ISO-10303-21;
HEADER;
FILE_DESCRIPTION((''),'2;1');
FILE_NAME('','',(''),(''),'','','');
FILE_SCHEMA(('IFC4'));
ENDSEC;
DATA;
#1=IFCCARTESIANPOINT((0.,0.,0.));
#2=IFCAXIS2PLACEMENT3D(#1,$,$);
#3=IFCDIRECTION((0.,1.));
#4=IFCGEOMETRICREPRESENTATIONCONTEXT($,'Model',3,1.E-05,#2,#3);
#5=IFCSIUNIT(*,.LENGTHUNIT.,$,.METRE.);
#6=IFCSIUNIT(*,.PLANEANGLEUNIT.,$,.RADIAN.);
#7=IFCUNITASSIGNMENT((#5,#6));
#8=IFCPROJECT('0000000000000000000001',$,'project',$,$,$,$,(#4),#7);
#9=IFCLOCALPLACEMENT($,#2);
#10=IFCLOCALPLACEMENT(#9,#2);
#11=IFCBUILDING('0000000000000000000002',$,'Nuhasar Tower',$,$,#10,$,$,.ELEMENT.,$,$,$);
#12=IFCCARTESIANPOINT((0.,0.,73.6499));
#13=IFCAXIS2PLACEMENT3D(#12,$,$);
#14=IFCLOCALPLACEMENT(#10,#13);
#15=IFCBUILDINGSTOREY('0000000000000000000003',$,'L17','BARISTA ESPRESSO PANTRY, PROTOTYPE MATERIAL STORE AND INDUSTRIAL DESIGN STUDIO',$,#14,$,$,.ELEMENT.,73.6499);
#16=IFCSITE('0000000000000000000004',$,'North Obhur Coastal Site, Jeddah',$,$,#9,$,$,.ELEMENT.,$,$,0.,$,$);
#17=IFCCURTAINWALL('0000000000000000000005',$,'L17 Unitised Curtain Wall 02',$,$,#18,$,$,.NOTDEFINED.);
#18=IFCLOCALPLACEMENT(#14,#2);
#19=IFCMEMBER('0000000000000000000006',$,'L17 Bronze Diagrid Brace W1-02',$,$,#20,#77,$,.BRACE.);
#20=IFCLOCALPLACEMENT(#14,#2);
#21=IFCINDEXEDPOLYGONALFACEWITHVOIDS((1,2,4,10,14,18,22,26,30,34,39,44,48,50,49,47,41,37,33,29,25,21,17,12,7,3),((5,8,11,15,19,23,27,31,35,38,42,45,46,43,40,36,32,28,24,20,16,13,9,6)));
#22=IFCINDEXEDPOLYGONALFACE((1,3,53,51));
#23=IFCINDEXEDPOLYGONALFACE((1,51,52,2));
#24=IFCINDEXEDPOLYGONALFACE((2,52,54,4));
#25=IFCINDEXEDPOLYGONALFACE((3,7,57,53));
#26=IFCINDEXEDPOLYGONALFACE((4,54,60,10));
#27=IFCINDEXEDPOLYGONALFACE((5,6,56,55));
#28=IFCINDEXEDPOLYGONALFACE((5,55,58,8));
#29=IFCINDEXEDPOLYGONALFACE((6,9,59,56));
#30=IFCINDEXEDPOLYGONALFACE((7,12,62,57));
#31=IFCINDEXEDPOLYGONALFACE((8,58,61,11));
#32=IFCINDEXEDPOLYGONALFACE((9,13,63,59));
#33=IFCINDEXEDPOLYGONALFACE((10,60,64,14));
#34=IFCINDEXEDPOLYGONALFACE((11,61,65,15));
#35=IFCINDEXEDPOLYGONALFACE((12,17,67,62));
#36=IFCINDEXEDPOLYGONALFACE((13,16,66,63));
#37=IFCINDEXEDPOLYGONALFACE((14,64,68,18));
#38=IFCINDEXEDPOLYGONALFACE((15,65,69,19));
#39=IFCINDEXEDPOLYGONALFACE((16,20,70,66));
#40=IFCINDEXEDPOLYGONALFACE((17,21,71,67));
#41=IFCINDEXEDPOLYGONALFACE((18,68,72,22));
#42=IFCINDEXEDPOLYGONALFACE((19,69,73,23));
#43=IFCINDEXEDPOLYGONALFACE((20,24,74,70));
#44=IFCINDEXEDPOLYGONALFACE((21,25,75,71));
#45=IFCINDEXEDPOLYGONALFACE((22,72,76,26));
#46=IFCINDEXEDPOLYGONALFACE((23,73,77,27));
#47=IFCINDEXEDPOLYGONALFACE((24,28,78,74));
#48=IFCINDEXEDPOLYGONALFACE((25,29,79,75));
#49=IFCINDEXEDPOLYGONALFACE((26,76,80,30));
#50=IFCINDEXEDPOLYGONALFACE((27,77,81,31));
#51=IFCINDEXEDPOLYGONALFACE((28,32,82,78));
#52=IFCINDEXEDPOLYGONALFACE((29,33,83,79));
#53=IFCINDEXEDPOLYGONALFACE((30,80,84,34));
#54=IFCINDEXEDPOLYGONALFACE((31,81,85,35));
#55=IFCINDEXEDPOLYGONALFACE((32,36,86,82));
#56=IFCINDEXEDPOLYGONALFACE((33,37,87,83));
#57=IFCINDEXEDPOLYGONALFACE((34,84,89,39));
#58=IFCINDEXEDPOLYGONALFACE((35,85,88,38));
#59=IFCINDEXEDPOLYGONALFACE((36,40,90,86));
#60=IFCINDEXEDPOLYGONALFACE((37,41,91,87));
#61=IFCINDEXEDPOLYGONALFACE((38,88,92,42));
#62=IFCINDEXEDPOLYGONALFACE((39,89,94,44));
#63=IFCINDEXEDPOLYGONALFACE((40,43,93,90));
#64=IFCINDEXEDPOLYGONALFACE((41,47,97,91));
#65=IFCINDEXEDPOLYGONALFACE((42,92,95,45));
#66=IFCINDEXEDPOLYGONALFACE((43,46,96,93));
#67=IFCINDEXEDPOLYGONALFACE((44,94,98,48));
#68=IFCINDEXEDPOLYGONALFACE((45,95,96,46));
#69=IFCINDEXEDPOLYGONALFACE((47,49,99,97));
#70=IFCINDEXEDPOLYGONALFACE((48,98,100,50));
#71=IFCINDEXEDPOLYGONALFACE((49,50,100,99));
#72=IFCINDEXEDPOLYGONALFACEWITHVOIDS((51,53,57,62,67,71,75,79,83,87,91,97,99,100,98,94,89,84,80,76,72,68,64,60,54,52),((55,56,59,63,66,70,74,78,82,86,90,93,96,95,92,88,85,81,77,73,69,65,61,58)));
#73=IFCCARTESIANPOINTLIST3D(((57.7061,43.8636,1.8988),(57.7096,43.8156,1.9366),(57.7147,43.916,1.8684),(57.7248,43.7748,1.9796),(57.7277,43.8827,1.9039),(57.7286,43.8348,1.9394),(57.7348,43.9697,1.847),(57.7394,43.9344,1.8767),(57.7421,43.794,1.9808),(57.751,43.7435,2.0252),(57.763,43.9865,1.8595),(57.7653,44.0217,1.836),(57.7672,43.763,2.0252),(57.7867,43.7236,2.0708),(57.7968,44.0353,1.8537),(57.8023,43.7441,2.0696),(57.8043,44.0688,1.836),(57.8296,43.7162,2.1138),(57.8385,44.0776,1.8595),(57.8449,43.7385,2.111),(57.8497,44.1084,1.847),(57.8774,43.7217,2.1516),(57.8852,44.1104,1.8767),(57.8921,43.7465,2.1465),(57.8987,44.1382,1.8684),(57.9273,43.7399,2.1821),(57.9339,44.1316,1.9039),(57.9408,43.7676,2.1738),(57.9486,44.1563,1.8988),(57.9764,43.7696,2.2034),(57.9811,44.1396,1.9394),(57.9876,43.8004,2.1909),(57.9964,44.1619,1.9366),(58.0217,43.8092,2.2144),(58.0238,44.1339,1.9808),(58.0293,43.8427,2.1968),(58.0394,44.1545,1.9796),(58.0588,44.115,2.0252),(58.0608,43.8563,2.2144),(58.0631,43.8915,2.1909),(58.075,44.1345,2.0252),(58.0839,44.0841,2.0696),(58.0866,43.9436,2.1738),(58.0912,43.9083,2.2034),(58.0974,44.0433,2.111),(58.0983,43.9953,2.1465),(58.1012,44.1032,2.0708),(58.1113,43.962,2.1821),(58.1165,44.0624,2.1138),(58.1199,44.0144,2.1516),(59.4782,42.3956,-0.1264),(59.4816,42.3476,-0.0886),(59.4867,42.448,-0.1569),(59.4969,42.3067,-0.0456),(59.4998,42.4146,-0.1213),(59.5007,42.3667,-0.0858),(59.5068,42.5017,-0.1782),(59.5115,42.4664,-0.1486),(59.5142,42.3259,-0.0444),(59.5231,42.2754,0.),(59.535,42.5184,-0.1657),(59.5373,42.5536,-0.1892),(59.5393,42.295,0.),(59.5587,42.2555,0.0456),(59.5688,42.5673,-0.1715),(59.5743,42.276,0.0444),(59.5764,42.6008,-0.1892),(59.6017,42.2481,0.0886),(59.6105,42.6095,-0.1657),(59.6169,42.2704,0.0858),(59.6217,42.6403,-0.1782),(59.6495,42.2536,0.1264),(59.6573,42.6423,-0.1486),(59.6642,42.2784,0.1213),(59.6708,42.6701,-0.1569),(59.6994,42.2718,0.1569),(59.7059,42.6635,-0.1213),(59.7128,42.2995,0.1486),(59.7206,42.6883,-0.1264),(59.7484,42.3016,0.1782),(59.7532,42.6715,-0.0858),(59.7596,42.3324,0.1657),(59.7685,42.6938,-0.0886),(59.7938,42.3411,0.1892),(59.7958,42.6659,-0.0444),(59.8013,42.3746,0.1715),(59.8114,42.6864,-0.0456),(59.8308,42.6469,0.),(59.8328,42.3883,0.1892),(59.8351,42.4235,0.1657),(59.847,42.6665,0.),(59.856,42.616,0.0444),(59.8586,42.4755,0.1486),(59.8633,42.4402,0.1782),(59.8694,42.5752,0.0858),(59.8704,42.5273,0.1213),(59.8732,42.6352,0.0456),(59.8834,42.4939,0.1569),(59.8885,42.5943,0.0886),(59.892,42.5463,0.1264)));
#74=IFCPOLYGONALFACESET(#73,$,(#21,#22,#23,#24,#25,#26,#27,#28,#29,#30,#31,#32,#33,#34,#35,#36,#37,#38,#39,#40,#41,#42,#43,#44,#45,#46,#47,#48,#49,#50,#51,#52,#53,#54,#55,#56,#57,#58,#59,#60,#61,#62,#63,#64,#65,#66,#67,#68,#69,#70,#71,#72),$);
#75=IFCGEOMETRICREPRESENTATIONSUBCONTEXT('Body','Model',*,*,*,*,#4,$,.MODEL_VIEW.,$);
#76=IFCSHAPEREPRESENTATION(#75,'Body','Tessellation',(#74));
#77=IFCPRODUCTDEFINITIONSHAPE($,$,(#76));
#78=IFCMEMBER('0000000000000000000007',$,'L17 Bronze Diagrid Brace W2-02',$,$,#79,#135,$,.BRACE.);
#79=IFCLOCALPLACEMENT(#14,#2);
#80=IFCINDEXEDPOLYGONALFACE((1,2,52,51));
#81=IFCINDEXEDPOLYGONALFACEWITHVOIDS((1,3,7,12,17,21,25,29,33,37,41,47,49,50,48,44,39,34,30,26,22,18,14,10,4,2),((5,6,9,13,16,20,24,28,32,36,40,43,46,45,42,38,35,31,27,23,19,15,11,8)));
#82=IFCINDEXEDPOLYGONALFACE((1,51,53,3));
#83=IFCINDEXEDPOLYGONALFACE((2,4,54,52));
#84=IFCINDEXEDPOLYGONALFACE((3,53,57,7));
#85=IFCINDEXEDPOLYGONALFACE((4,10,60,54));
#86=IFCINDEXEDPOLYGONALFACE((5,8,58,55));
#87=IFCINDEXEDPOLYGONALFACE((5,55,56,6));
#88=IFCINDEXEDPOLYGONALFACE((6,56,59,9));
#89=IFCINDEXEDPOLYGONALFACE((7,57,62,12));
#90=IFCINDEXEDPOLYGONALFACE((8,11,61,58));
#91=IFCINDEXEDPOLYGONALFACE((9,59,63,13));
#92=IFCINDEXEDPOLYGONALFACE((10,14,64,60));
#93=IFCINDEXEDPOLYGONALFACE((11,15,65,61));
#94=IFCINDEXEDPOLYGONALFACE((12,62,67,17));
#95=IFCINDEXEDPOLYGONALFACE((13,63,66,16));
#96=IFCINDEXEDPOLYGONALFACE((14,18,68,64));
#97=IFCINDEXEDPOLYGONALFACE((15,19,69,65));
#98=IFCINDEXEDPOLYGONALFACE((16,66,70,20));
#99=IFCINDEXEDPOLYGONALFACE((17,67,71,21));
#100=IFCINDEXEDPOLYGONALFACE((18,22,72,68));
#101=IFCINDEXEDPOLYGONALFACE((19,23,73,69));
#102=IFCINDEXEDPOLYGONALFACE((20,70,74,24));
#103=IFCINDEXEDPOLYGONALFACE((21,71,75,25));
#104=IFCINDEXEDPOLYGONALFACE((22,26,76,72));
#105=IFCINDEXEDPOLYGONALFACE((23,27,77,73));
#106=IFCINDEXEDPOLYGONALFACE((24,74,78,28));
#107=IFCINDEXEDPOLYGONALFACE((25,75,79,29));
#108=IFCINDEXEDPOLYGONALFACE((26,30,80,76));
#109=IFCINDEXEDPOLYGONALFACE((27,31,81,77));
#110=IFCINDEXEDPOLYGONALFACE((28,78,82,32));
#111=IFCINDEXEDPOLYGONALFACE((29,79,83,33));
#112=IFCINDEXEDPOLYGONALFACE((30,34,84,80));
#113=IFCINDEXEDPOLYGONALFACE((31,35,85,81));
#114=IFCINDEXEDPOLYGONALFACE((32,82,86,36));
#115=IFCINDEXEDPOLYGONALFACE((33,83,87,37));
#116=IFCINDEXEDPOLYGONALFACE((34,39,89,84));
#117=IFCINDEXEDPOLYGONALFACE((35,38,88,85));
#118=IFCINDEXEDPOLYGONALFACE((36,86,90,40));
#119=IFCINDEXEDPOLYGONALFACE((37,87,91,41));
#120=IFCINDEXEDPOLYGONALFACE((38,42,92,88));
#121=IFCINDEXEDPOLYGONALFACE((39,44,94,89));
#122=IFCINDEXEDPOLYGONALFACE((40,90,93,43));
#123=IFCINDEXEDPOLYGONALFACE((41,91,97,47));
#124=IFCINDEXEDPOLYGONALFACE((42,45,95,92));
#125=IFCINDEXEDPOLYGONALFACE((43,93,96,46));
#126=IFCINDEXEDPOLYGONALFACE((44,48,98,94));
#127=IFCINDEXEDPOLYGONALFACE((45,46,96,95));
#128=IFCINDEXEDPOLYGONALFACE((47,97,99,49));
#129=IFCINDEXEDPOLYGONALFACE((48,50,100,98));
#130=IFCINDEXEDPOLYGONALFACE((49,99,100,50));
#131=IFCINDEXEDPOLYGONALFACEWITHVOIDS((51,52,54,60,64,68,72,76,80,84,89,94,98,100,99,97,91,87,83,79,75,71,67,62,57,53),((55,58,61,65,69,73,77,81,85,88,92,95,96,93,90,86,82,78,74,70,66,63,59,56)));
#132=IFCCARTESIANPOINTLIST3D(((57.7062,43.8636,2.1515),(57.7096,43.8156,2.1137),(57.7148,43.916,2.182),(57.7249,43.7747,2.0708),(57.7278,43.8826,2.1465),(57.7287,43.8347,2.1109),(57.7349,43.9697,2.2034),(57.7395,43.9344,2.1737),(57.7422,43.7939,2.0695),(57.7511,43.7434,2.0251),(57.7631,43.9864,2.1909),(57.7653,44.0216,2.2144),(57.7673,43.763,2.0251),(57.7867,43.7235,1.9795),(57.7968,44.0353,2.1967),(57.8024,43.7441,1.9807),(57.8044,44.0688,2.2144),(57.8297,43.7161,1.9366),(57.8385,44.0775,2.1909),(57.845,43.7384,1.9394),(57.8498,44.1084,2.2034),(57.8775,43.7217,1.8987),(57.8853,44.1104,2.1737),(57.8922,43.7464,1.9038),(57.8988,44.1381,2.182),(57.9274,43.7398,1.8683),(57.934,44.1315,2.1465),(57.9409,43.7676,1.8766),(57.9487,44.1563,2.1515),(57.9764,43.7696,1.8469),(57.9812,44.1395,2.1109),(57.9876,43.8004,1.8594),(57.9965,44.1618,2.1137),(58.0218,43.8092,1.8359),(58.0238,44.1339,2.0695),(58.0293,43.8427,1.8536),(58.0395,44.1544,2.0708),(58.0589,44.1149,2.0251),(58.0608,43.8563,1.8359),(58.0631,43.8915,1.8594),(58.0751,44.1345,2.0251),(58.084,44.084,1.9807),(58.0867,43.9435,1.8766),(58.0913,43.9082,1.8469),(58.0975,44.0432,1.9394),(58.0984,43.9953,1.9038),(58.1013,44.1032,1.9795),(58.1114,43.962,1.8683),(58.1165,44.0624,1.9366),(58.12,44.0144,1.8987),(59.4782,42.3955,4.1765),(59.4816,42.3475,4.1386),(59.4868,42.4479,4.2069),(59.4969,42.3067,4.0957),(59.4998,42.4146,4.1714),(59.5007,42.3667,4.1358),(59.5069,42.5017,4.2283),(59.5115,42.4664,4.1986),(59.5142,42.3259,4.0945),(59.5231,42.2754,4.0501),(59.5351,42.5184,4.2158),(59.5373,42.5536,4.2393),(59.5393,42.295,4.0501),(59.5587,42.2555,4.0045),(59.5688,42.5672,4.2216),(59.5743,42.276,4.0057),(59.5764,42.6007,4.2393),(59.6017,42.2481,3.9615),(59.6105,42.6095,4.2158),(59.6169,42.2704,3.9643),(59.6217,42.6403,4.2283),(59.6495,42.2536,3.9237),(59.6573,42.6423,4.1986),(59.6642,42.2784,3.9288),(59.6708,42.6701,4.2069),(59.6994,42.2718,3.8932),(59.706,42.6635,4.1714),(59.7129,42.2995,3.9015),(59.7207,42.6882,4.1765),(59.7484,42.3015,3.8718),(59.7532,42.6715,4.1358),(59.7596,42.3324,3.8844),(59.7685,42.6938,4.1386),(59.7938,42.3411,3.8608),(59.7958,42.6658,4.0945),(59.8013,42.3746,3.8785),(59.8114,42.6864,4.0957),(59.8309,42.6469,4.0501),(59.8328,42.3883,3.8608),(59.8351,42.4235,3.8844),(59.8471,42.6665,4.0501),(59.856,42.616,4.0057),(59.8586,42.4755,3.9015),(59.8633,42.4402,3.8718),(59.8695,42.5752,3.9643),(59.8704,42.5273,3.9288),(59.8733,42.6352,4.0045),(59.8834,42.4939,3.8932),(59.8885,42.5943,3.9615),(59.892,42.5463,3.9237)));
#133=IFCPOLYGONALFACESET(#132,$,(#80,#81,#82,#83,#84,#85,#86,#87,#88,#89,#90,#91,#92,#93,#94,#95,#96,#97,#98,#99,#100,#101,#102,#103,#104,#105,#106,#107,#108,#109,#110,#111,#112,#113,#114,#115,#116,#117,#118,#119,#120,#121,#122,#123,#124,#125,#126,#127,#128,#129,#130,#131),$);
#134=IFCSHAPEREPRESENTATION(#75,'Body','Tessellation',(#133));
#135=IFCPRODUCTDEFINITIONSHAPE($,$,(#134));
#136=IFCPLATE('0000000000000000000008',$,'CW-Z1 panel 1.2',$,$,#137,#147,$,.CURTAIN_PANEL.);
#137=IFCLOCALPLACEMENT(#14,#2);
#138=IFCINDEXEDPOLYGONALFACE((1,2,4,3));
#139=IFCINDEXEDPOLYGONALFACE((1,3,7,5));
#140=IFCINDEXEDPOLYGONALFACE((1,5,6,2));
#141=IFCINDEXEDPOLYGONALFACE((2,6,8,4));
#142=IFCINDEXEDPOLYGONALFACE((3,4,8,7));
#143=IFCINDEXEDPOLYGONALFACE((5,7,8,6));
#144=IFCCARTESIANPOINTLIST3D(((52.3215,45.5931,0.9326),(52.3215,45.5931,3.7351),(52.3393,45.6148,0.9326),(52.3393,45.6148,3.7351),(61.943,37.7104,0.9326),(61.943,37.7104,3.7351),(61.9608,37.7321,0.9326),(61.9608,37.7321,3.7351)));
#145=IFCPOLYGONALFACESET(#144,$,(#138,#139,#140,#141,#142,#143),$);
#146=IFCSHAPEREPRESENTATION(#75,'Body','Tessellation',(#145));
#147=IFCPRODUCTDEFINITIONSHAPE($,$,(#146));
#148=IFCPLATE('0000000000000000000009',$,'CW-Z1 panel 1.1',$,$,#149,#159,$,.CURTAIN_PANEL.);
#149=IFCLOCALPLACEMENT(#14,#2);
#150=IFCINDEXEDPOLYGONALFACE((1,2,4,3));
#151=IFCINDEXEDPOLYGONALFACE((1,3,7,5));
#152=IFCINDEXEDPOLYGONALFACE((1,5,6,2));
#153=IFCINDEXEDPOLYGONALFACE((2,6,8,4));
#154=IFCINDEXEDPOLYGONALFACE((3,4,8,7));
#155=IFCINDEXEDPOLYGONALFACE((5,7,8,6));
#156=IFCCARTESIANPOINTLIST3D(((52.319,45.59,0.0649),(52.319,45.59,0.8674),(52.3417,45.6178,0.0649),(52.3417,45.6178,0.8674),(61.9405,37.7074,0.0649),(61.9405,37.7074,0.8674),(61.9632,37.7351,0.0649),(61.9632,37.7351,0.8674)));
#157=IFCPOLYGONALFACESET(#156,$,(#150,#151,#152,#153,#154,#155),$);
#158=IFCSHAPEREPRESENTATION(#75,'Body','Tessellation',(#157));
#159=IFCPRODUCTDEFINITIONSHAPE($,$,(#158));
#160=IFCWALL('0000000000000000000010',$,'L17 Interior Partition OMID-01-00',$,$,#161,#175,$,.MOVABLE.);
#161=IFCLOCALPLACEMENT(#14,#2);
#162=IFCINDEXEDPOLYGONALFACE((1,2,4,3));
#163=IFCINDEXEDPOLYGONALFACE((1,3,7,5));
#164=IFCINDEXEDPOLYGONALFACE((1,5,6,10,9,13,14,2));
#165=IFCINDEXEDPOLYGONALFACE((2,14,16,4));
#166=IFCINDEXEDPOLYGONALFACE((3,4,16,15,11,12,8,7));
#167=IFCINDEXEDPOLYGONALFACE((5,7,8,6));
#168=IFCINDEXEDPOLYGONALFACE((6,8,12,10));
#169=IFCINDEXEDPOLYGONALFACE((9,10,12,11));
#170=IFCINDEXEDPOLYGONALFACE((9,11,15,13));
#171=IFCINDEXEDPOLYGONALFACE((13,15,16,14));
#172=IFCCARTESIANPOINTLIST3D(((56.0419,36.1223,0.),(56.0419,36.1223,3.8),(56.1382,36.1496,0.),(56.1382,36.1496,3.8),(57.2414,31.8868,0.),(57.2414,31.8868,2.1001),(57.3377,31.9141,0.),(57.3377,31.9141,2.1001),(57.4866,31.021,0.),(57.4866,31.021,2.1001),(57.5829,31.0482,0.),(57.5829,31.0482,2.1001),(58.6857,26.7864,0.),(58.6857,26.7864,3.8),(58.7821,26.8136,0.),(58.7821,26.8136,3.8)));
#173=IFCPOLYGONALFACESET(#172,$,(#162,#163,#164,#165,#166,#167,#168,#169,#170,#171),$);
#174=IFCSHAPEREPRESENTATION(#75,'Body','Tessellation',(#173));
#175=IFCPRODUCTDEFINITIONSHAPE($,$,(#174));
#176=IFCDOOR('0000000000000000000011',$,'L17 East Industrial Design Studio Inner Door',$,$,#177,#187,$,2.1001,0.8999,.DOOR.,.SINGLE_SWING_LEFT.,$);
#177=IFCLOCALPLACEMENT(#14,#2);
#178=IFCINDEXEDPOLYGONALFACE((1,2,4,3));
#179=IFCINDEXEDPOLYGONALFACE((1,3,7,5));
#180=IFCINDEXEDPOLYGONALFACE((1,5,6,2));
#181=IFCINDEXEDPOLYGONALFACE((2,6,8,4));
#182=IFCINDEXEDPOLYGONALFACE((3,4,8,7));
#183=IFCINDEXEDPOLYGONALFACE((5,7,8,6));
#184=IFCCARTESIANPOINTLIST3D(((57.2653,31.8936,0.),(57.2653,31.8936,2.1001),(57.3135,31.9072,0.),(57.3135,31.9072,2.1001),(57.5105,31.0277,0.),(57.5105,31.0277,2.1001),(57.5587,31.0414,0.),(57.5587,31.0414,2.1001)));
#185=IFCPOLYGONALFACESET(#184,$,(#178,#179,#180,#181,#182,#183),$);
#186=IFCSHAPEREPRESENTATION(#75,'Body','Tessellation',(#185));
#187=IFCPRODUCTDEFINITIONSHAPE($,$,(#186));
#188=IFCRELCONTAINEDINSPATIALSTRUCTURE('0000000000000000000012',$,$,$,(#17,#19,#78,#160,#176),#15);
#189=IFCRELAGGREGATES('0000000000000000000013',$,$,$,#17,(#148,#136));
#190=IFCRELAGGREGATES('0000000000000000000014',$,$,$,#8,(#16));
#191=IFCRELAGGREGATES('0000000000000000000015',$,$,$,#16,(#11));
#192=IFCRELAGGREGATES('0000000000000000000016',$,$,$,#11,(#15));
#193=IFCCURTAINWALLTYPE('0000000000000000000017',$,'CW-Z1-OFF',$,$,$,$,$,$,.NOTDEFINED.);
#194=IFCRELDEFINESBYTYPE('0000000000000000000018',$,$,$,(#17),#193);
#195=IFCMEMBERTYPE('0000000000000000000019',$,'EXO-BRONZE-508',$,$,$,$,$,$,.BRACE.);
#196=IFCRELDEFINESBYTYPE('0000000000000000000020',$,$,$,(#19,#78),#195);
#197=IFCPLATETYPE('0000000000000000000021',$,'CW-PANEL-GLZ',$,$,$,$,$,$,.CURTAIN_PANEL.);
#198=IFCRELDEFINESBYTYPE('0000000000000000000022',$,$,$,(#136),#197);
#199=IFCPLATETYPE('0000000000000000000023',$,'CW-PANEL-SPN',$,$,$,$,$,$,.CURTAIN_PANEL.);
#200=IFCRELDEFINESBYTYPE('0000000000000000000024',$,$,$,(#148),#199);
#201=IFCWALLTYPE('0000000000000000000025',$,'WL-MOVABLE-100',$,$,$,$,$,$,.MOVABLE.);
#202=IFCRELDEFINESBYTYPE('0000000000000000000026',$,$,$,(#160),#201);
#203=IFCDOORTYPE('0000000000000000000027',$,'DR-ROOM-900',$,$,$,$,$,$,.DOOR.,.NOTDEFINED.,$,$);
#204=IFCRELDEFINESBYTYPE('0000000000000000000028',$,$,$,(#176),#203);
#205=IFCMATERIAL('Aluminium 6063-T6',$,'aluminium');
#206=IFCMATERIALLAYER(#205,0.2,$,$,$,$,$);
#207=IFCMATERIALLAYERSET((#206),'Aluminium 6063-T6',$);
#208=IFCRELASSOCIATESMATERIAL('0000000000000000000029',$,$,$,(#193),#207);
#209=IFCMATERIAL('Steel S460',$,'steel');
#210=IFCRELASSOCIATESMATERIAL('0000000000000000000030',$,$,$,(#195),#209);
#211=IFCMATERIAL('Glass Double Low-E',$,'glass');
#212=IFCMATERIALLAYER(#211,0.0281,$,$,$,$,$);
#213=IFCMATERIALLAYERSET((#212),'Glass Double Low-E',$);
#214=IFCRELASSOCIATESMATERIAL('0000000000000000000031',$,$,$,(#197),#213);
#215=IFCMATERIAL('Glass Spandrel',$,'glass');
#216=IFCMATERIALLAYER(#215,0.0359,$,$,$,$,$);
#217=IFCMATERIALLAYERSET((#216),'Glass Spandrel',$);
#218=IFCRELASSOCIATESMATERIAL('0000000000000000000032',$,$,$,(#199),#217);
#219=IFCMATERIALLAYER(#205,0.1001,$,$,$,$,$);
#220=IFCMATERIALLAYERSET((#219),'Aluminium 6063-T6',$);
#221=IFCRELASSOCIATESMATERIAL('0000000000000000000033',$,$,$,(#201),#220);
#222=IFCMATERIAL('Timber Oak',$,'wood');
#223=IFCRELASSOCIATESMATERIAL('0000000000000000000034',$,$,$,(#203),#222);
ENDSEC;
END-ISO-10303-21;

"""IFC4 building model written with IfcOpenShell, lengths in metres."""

from ifc_helpers import new_model, si_unit, direction, frame, frame_2d, origin, origin_2d, place, context, subcontext, project, spatial, rectangle, hollow_circle, extrude, material, layer, layer_set, material_profile, profile_set, type_object, element, fill, aggregate, save


model = new_model("IFC4")

# Units and contexts
model_context = context("Model", 3, precision=1e-05, world=origin(), true_north=direction((0.0, 1.0)))
body_context = subcontext(model_context, "Body", "Model", "MODEL_VIEW")
ifc_project = project(units=[si_unit("LENGTHUNIT", "METRE"), si_unit("PLANEANGLEUNIT", "RADIAN")], contexts=[model_context])

# Site, building, storey
site_placement = place(None, origin())
site = spatial("IfcSite", under=ifc_project, at=site_placement, Name="North Obhur Coastal Site, Jeddah", CompositionType="ELEMENT", RefElevation=0.0)
building_placement = place(site_placement, origin())
building = spatial("IfcBuilding", under=site, at=building_placement, Name="Nuhasar Tower", CompositionType="ELEMENT")
storey_placement = place(building_placement, frame((0.0, 0.0, 73.6499)))
storey = spatial("IfcBuildingStorey", under=building, at=storey_placement, Name="L17", Description="BARISTA ESPRESSO PANTRY, PROTOTYPE MATERIAL STORE AND INDUSTRIAL DESIGN STUDIO", CompositionType="ELEMENT", Elevation=73.6499)

# Shared definitions
ifc_material_1 = material(Name="Aluminium 6063-T6", Category="aluminium")
ifc_layer_1 = layer(ifc_material_1, 0.2)
ifc_layer_set_1 = layer_set([ifc_layer_1], Name="Aluminium 6063-T6")
curtain_wall_type = type_object("IfcCurtainWallType", Name="CW-Z1-OFF", PredefinedType="NOTDEFINED", material=ifc_layer_set_1)

# Curtain wall
curtain_wall_1_placement = place(storey_placement, origin())
curtain_wall_1 = element("IfcCurtainWall", 1, at=curtain_wall_1_placement, inside=storey, type_object=curtain_wall_type, Name="L17 Unitised Curtain Wall 02", PredefinedType="NOTDEFINED")

# Members
ifc_material_2 = material(Name="Steel S460", Category="steel")
ifc_material_profile_1 = material_profile(ifc_material_2, hollow_circle(Radius=0.2539, WallThickness=0.0254, at=origin_2d()), Name="HSS508X25.4")
ifc_profile_set_1 = profile_set([ifc_material_profile_1], Name="Steel S460")
member_type_1 = type_object("IfcMemberType", Name="EXO-BRONZE-508", PredefinedType="BRACE", material=ifc_profile_set_1)
member_1_placement = place(storey_placement, frame((59.6851, 42.4709, 0.0), z_axis=(-0.578071, 0.478912, 0.660664), x_axis=(-0.637969, -0.770062, 0.0)))
element("IfcMember", 2, at=member_1_placement, inside=storey, type_object=member_type_1, Name="L17 Bronze Diagrid Brace W1-02", PredefinedType="BRACE", context=body_context, shape_type="SweptSolid", body=[
    extrude(hollow_circle(Radius=0.2539, WallThickness=0.0254, at=origin_2d()), origin(), (0.0, 0.0, 1.0), 3.0654),
])
member_2_placement = place(storey_placement, frame((57.9131, 43.939, 2.0251), z_axis=(0.578102, -0.478937, 0.660619), x_axis=(0.637969, 0.770062, 0.0)))
element("IfcMember", 3, at=member_2_placement, inside=storey, type_object=member_type_1, Name="L17 Bronze Diagrid Brace W2-02", PredefinedType="BRACE", context=body_context, shape_type="SweptSolid", body=[
    extrude(hollow_circle(Radius=0.2539, WallThickness=0.0254, at=origin_2d()), origin(), (0.0, 0.0, 1.0), 3.0652),
])

# Plates
ifc_material_3 = material(Name="Glass Double Low-E", Category="glass")
ifc_layer_2 = layer(ifc_material_3, 0.0281)
ifc_layer_set_2 = layer_set([ifc_layer_2], Name="Glass Double Low-E")
plate_type_1 = type_object("IfcPlateType", Name="CW-PANEL-GLZ", PredefinedType="CURTAIN_PANEL", material=ifc_layer_set_2)
plate_1_placement = place(storey_placement, frame((57.1411, 41.6626, 0.9326), z_axis=(0.0, 0.0, 1.0), x_axis=(-0.773542, 0.633745, 0.0)))
plate_1 = element("IfcPlate", 4, at=plate_1_placement, type_object=plate_type_1, Name="CW-Z1 panel 1.2", PredefinedType="CURTAIN_PANEL", context=body_context, shape_type="SweptSolid", body=[
    extrude(rectangle(XDim=12.4382, YDim=0.0281, at=origin_2d()), origin(), (0.0, 0.0, 1.0), 2.8025),
])
ifc_material_4 = material(Name="Glass Spandrel", Category="glass")
ifc_layer_3 = layer(ifc_material_4, 0.0359)
ifc_layer_set_3 = layer_set([ifc_layer_3], Name="Glass Spandrel")
plate_type_2 = type_object("IfcPlateType", Name="CW-PANEL-SPN", PredefinedType="CURTAIN_PANEL", material=ifc_layer_set_3)
plate_2_placement = place(storey_placement, frame((57.1411, 41.6626, 0.0649), z_axis=(0.0, 0.0, 1.0), x_axis=(-0.773542, 0.633745, 0.0)))
plate_2 = element("IfcPlate", 5, at=plate_2_placement, type_object=plate_type_2, Name="CW-Z1 panel 1.1", PredefinedType="CURTAIN_PANEL", context=body_context, shape_type="SweptSolid", body=[
    extrude(rectangle(XDim=12.4382, YDim=0.0359, at=origin_2d()), origin(), (0.0, 0.0, 1.0), 0.8025),
])
aggregate(curtain_wall_1, [plate_2, plate_1])

# Wall, opening, door
ifc_layer_4 = layer(ifc_material_1, 0.1001)
ifc_layer_set_4 = layer_set([ifc_layer_4], Name="Aluminium 6063-T6")
wall_type = type_object("IfcWallType", Name="WL-MOVABLE-100", PredefinedType="MOVABLE", material=ifc_layer_set_4)
wall_1_placement = place(storey_placement, frame((56.0901, 36.136, 0.0), z_axis=(0.0, 0.0, 1.0), x_axis=(0.272471, -0.962164, 0.0)))
wall_1 = element("IfcWall", 6, at=wall_1_placement, inside=storey, type_object=wall_type, Name="L17 Interior Partition OMID-01-00", PredefinedType="MOVABLE", context=body_context, shape_type="SweptSolid", body=[
    extrude(rectangle(XDim=9.7031, YDim=0.1001, at=frame_2d((4.8516, 0.0))), origin(), (0.0, 0.0, 1.0), 3.8),
])
opening_placement = place(wall_1_placement, frame((4.4021, 0.0, 0.0)))
opening = element("IfcOpeningElement", 7, at=opening_placement, cuts=wall_1, PredefinedType="OPENING", context=body_context, shape_type="SweptSolid", body=[
    extrude(rectangle(XDim=0.8999, YDim=2.1001, at=frame_2d((0.45, 1.05))), frame((0.0, 0.0601, 0.0), z_axis=(0.0, -1.0, 0.0), x_axis=(1.0, 0.0, 0.0)), (0.0, 0.0, 1.0), 0.1201),
])
ifc_material_5 = material(Name="Timber Oak", Category="wood")
door_type = type_object("IfcDoorType", Name="DR-ROOM-900", OperationType="NOTDEFINED", PredefinedType="DOOR", material=ifc_material_5)
door_placement = place(opening_placement, origin())
door = element("IfcDoor", 8, at=door_placement, inside=storey, type_object=door_type, Name="L17 East Industrial Design Studio Inner Door", OperationType="SINGLE_SWING_LEFT", OverallHeight=2.1001, OverallWidth=0.8999, PredefinedType="DOOR", context=body_context, shape_type="SweptSolid", body=[
    extrude(rectangle(XDim=0.8999, YDim=2.1001, at=frame_2d((0.45, 1.05))), frame((0.0, 0.0249, 0.0), z_axis=(0.0, -1.0, 0.0), x_axis=(1.0, 0.0, 0.0)), (0.0, 0.0, 1.0), 0.05),
])
fill(opening, door)

save(model, "model.ifc")
